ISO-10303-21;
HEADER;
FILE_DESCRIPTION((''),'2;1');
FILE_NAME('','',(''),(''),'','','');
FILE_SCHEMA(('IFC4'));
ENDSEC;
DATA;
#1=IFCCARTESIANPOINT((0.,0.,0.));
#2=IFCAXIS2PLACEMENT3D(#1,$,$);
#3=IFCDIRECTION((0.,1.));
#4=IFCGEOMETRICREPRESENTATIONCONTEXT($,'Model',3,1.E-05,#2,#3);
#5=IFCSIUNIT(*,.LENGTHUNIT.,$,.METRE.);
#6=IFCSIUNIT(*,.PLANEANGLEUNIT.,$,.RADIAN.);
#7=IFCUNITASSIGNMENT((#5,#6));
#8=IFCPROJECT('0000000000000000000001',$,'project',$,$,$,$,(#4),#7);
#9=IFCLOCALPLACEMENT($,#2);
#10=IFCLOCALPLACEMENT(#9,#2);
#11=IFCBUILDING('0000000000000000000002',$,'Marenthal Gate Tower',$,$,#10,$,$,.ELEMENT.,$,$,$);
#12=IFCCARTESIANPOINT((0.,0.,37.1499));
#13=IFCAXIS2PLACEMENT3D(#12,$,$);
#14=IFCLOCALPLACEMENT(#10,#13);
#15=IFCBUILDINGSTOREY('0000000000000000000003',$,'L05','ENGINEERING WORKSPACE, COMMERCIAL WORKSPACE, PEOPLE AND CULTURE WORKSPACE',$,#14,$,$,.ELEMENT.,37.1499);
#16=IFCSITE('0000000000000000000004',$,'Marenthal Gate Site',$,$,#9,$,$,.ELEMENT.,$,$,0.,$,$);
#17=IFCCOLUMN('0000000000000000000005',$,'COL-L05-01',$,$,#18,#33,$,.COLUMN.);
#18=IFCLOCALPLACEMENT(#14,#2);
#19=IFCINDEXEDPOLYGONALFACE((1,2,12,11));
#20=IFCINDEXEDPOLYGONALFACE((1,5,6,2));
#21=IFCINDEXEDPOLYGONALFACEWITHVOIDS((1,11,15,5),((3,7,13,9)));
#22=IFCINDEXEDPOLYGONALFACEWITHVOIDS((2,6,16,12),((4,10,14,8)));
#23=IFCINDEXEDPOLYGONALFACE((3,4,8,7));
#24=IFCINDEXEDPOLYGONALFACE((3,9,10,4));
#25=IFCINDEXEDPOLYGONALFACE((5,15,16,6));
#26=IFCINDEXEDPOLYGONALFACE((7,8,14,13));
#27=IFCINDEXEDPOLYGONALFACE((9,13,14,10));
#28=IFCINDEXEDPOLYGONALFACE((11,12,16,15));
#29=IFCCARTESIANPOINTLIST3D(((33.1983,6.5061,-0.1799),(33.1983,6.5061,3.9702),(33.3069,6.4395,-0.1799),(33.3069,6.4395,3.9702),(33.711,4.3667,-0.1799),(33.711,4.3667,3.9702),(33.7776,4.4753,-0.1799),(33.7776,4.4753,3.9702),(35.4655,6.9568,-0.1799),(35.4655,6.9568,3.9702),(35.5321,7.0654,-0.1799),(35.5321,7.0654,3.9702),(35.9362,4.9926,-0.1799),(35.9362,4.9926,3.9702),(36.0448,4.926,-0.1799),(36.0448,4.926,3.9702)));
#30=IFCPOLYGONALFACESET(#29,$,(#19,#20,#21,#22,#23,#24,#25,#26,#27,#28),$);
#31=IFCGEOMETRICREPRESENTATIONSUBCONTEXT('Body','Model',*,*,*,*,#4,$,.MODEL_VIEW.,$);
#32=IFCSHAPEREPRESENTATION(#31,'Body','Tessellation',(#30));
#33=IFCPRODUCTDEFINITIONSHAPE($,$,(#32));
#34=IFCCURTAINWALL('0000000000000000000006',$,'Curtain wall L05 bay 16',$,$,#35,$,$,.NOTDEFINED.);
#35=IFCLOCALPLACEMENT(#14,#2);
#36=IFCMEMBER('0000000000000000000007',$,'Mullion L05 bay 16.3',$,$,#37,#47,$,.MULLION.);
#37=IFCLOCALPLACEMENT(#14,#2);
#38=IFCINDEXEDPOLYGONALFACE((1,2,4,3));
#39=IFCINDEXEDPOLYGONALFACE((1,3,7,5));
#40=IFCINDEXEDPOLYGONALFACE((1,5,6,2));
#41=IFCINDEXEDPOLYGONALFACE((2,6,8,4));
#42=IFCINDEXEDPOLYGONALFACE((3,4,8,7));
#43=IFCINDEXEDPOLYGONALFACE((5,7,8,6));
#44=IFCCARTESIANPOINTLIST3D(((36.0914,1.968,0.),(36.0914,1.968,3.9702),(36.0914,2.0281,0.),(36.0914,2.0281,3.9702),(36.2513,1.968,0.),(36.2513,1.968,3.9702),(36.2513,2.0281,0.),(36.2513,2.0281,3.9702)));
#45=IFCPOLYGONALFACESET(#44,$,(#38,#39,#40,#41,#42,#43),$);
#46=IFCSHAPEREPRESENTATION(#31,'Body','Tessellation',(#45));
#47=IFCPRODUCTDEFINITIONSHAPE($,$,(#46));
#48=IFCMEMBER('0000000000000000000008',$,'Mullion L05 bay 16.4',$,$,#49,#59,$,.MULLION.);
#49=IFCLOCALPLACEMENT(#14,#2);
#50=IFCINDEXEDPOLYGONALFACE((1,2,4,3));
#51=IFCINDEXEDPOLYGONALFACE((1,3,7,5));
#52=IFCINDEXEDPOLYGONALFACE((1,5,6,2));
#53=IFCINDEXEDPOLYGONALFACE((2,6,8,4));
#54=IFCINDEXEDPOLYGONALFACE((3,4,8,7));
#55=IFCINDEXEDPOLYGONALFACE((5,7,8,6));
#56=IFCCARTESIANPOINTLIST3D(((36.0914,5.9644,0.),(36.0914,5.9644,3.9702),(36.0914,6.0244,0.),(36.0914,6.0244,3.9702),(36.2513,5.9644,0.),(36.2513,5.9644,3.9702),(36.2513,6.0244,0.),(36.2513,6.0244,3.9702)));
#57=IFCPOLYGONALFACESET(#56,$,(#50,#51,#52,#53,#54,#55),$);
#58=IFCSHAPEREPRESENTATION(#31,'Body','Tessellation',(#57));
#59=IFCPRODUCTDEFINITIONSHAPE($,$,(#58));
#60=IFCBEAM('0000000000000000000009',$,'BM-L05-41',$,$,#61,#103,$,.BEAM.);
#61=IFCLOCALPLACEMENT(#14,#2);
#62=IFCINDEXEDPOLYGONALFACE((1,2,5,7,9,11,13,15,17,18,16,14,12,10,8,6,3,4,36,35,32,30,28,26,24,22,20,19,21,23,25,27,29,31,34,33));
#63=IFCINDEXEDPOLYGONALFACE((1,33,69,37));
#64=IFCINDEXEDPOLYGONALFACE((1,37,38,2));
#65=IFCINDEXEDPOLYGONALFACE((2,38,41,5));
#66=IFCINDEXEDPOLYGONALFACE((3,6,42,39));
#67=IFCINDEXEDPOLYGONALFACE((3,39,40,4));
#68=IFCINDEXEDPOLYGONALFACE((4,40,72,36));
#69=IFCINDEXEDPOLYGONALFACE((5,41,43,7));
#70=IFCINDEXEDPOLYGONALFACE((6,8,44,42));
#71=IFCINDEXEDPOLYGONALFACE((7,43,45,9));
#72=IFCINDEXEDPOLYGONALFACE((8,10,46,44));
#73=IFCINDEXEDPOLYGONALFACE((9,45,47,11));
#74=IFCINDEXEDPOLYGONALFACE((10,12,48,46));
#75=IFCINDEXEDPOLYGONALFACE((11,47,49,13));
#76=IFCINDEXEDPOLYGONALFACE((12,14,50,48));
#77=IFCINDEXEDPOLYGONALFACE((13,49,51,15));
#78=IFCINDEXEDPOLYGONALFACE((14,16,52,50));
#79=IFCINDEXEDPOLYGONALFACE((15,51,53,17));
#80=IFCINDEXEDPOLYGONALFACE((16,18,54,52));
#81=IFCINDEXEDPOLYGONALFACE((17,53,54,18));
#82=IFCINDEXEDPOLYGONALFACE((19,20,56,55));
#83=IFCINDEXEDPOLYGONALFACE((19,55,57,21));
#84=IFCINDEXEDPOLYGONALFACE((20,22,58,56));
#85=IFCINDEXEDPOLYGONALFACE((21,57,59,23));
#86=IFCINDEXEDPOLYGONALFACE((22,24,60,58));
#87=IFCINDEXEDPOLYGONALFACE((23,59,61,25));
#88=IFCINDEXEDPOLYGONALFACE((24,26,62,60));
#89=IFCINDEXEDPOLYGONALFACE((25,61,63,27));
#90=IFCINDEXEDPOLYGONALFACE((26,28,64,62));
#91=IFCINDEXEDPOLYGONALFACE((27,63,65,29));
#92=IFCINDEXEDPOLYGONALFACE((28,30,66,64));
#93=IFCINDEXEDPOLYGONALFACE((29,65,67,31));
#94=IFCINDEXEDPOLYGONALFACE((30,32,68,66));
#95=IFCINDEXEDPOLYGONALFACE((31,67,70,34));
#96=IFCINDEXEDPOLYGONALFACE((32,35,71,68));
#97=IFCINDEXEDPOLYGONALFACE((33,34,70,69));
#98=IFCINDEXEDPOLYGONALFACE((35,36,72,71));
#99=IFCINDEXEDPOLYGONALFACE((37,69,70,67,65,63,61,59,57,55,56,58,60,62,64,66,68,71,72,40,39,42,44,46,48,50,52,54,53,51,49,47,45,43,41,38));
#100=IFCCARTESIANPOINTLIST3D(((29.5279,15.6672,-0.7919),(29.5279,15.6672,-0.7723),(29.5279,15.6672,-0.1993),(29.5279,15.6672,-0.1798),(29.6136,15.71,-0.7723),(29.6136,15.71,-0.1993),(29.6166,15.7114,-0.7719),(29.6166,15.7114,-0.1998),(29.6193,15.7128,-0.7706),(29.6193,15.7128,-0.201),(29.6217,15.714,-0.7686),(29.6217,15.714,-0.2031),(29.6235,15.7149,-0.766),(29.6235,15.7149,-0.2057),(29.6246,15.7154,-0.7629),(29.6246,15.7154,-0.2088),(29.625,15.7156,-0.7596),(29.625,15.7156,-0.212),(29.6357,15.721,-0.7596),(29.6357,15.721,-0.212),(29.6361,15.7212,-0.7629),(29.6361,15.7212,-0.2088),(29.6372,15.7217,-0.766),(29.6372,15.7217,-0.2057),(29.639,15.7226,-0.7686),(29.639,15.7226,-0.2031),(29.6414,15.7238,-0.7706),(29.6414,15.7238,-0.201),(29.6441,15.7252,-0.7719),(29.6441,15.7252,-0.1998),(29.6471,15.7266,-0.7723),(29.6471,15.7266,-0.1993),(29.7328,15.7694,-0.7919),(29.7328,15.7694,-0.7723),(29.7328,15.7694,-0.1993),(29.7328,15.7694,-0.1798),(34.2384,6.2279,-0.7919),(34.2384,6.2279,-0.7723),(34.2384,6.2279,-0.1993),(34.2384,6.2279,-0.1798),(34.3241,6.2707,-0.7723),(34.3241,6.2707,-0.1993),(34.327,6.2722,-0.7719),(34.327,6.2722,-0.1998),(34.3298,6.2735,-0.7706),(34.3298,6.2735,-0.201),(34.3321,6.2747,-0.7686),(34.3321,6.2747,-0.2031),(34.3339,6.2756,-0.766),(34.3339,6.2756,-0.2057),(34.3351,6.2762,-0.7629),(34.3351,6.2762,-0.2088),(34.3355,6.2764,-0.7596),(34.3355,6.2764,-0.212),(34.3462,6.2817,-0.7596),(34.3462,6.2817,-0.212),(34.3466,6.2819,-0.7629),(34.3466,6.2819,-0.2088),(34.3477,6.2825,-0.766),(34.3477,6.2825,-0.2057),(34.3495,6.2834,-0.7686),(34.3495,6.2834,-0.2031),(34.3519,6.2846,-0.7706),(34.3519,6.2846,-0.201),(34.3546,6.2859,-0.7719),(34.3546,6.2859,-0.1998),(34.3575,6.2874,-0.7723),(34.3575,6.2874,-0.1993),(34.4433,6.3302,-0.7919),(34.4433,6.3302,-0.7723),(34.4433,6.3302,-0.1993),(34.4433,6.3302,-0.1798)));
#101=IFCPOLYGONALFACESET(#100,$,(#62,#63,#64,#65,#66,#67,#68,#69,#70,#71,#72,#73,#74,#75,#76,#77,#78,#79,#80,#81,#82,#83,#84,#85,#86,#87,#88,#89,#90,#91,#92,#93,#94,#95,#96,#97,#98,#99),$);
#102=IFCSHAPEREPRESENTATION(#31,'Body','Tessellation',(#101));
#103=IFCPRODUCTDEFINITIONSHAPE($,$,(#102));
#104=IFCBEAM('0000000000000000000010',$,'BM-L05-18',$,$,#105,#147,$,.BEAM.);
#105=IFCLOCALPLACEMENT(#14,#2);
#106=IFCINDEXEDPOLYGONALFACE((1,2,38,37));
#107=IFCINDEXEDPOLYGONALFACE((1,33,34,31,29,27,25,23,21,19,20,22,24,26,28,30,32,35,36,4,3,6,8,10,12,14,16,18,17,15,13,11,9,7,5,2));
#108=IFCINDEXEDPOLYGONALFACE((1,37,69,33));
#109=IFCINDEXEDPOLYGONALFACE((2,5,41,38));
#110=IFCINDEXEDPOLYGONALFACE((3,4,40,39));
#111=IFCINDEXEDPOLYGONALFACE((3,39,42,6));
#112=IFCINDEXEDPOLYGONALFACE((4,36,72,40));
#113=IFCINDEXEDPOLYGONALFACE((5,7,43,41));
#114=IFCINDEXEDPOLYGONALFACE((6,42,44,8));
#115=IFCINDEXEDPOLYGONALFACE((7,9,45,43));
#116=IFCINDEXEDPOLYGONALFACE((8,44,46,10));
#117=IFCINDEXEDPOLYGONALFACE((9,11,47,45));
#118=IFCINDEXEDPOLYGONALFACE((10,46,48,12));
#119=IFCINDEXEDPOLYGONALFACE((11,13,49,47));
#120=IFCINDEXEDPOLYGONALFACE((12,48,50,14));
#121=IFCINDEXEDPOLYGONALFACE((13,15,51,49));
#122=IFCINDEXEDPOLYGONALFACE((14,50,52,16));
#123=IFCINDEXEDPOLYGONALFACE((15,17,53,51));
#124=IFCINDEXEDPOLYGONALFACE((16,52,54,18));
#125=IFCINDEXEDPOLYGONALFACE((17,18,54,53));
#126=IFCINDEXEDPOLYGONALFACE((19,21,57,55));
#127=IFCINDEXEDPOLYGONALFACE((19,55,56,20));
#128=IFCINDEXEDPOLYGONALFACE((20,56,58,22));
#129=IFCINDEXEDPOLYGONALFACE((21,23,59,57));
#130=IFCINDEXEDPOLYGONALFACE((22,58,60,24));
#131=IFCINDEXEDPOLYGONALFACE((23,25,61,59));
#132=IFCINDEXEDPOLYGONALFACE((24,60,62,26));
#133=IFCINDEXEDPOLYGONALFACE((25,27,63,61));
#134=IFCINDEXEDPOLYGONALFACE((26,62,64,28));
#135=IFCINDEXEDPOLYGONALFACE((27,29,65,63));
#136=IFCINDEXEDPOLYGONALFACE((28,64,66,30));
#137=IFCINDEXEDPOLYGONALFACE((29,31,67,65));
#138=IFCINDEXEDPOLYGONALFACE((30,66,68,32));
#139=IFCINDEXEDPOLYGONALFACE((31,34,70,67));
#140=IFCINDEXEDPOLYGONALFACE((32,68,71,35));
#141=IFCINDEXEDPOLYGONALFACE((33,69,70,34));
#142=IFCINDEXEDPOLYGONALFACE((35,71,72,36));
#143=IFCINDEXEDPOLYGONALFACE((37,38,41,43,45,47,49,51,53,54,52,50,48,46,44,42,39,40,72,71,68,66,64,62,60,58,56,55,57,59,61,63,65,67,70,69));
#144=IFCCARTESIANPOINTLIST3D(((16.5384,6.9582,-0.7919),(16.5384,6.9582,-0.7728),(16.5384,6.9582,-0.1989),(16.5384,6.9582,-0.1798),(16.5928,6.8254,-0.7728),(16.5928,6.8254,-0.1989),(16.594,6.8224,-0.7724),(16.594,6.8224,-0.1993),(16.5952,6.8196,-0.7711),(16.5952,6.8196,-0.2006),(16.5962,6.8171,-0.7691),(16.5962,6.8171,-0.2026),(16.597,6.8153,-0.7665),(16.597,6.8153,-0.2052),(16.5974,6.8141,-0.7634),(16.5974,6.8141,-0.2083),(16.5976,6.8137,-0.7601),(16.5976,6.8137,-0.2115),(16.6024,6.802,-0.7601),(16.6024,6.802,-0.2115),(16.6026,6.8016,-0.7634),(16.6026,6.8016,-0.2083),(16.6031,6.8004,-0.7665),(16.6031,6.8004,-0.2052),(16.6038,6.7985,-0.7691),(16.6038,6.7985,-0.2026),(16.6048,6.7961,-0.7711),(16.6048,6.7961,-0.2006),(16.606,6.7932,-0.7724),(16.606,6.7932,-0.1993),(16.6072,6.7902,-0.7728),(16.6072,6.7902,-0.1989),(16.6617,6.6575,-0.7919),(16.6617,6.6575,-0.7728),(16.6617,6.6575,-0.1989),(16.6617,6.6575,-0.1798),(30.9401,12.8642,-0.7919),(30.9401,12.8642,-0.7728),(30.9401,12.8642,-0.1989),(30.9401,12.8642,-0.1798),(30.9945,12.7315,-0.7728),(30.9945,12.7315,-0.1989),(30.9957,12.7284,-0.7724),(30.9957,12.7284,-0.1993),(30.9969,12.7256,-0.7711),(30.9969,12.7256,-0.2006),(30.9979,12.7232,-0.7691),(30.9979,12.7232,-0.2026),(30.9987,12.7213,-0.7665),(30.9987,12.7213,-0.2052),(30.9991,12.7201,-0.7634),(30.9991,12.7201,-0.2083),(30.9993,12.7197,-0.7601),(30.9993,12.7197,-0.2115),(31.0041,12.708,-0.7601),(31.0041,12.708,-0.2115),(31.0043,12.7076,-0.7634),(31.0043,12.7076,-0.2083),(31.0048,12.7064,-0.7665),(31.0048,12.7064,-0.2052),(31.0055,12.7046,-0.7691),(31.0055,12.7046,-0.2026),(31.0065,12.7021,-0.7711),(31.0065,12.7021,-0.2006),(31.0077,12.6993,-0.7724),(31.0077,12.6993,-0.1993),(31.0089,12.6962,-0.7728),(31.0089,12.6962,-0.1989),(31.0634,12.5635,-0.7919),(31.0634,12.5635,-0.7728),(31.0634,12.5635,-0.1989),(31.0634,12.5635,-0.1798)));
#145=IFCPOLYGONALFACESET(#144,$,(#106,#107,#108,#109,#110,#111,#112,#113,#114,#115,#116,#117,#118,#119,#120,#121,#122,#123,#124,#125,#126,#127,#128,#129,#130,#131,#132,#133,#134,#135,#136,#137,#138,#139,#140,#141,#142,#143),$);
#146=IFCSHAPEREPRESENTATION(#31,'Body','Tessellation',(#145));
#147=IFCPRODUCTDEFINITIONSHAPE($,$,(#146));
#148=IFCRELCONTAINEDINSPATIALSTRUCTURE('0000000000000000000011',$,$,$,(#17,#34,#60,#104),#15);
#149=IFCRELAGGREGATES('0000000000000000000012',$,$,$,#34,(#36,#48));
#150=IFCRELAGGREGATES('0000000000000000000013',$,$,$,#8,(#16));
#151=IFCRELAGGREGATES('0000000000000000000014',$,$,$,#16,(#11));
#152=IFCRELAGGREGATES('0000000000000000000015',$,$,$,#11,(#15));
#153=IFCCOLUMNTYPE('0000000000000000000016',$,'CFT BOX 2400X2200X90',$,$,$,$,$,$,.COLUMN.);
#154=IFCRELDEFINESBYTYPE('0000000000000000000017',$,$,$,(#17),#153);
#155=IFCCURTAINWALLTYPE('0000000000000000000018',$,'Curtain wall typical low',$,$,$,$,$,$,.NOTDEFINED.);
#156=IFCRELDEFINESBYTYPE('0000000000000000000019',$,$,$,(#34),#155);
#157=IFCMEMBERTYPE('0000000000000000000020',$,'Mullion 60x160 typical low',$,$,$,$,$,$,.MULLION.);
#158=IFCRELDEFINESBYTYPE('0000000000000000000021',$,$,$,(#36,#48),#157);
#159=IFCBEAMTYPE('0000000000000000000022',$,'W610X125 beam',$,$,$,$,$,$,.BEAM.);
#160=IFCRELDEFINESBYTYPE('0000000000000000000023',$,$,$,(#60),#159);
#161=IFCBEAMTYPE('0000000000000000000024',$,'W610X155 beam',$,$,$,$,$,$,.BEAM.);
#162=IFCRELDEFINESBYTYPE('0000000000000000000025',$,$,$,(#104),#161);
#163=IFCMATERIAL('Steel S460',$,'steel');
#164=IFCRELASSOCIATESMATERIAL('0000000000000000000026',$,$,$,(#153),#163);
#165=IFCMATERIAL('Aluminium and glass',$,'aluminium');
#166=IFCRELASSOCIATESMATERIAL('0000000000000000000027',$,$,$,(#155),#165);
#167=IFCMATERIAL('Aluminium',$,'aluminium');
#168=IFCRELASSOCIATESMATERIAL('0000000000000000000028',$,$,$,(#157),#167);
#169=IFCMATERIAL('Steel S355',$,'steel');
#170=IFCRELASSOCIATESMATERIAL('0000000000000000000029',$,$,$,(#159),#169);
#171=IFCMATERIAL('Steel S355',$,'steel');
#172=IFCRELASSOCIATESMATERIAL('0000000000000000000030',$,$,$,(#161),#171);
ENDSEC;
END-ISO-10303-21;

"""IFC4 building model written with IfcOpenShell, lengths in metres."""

from ifc_helpers import new_model, si_unit, direction, frame, origin, origin_2d, place, context, subcontext, project, spatial, rectangle, hollow_rectangle, i_section, extrude, material, material_profile, profile_set, type_object, element, aggregate, save


model = new_model("IFC4")

# Units and contexts
model_context = context("Model", 3, precision=1e-05, world=origin(), true_north=direction((0.0, 1.0)))
body_context = subcontext(model_context, "Body", "Model", "MODEL_VIEW")
ifc_project = project(units=[si_unit("LENGTHUNIT", "METRE"), si_unit("PLANEANGLEUNIT", "RADIAN")], contexts=[model_context])

# Site, building, storey
site_placement = place(None, origin())
site = spatial("IfcSite", under=ifc_project, at=site_placement, Name="Marenthal Gate Site", CompositionType="ELEMENT", RefElevation=0.0)
building_placement = place(site_placement, origin())
building = spatial("IfcBuilding", under=site, at=building_placement, Name="Marenthal Gate Tower", CompositionType="ELEMENT")
storey_placement = place(building_placement, frame((0.0, 0.0, 37.1499)))
storey = spatial("IfcBuildingStorey", under=building, at=storey_placement, Name="L05", Description="ENGINEERING WORKSPACE, COMMERCIAL WORKSPACE, PEOPLE AND CULTURE WORKSPACE", CompositionType="ELEMENT", Elevation=37.1499)

# Column
ifc_material_1 = material(Name="Steel S460", Category="steel")
ifc_material_profile_1 = material_profile(ifc_material_1, hollow_rectangle(XDim=2.2, YDim=2.3999, WallThickness=0.0901, at=origin_2d()), Name="CFT BOX 2400X2200X90")
ifc_material_2 = material(Name="Concrete 70 MPa", Category="concrete")
ifc_material_profile_2 = material_profile(ifc_material_2, rectangle(XDim=2.02, YDim=2.22, at=origin_2d()), Name="CFT BOX 2400X2200X90 INFILL")
ifc_profile_set_1 = profile_set([ifc_material_profile_1, ifc_material_profile_2], Name="Steel S460 shell, Concrete 70 MPa infill")
column_type = type_object("IfcColumnType", Name="CFT BOX 2400X2200X90", PredefinedType="COLUMN", material=ifc_profile_set_1)
column_placement = place(storey_placement, frame((34.6216, 5.7161, -0.1799), z_axis=(0.0, 0.0, 1.0), x_axis=(0.233047, -0.972466, 0.0)))
element("IfcColumn", 1, at=column_placement, inside=storey, type_object=column_type, Name="COL-L05-01", PredefinedType="COLUMN", context=body_context, shape_type="SweptSolid", body=[
    extrude(hollow_rectangle(XDim=2.2, YDim=2.3999, WallThickness=0.0901, at=origin_2d()), origin(), (0.0, 0.0, 1.0), 4.1501),
])

# Curtain wall, members
ifc_material_3 = material(Name="Aluminium and glass", Category="aluminium")
curtain_wall_type = type_object("IfcCurtainWallType", Name="Curtain wall typical low", PredefinedType="NOTDEFINED", material=ifc_material_3)
curtain_wall_placement = place(storey_placement, origin())
curtain_wall = element("IfcCurtainWall", 2, at=curtain_wall_placement, inside=storey, type_object=curtain_wall_type, Name="Curtain wall L05 bay 16", PredefinedType="NOTDEFINED")
ifc_material_4 = material(Name="Aluminium", Category="aluminium")
ifc_material_profile_3 = material_profile(ifc_material_4, rectangle(XDim=0.1599, YDim=0.0601, at=origin_2d()), Name="60x160 aluminium mullion")
ifc_profile_set_2 = profile_set([ifc_material_profile_3], Name="Aluminium")
member_type = type_object("IfcMemberType", Name="Mullion 60x160 typical low", PredefinedType="MULLION", material=ifc_profile_set_2)
member_1_placement = place(storey_placement, frame((36.1714, 1.998, 0.0), z_axis=(0.0, 0.0, 1.0), x_axis=(-1.0, 0.0, 0.0)))
member_1 = element("IfcMember", 3, at=member_1_placement, type_object=member_type, Name="Mullion L05 bay 16.3", PredefinedType="MULLION", context=body_context, shape_type="SweptSolid", body=[
    extrude(rectangle(XDim=0.1599, YDim=0.0601, at=origin_2d()), origin(), (0.0, 0.0, 1.0), 3.9702),
])
member_2_placement = place(storey_placement, frame((36.1714, 5.9944, 0.0), z_axis=(0.0, 0.0, 1.0), x_axis=(-1.0, 0.0, 0.0)))
member_2 = element("IfcMember", 4, at=member_2_placement, type_object=member_type, Name="Mullion L05 bay 16.4", PredefinedType="MULLION", context=body_context, shape_type="SweptSolid", body=[
    extrude(rectangle(XDim=0.1599, YDim=0.0601, at=origin_2d()), origin(), (0.0, 0.0, 1.0), 3.9702),
])

# Beams
ifc_material_5 = material(Name="Steel S355", Category="steel")
ifc_material_profile_4 = material_profile(ifc_material_5, i_section(OverallWidth=0.229, OverallDepth=0.6121, WebThickness=0.012, FlangeThickness=0.0195, FilletRadius=0.0127, at=origin_2d()), Name="W610X125")
ifc_profile_set_3 = profile_set([ifc_material_profile_4], Name="Steel S355")
beam_type_1 = type_object("IfcBeamType", Name="W610X125 beam", PredefinedType="BEAM", material=ifc_profile_set_3)
beam_1_placement = place(storey_placement, frame((34.3408, 6.2791, -0.4858), z_axis=(-0.446519, 0.894774, 0.0), x_axis=(-0.894774, -0.446519, 0.0)))
element("IfcBeam", 5, at=beam_1_placement, inside=storey, type_object=beam_type_1, Name="BM-L05-41", PredefinedType="BEAM", context=body_context, shape_type="SweptSolid", body=[
    extrude(i_section(OverallWidth=0.229, OverallDepth=0.6121, WebThickness=0.012, FlangeThickness=0.0195, FilletRadius=0.0127, at=origin_2d()), origin(), (0.0, 0.0, 1.0), 10.5493),
])
ifc_material_6 = material(Name="Steel S355", Category="steel")
ifc_material_profile_5 = material_profile(ifc_material_6, i_section(OverallWidth=0.325, OverallDepth=0.6121, WebThickness=0.0127, FlangeThickness=0.019, FilletRadius=0.0127, at=origin_2d()), Name="W610X155")
ifc_profile_set_4 = profile_set([ifc_material_profile_5], Name="Steel S355")
beam_type_2 = type_object("IfcBeamType", Name="W610X155 beam", PredefinedType="BEAM", material=ifc_profile_set_4)
beam_2_placement = place(storey_placement, frame((31.0017, 12.7139, -0.4858), z_axis=(-0.925222, -0.379427, 0.0), x_axis=(0.379427, -0.925222, 0.0)))
element("IfcBeam", 6, at=beam_2_placement, inside=storey, type_object=beam_type_2, Name="BM-L05-18", PredefinedType="BEAM", context=body_context, shape_type="SweptSolid", body=[
    extrude(i_section(OverallWidth=0.325, OverallDepth=0.6121, WebThickness=0.0127, FlangeThickness=0.019, FilletRadius=0.0127, at=origin_2d()), origin(), (0.0, 0.0, 1.0), 15.5657),
])

aggregate(curtain_wall, [member_1, member_2])

save(model, "model.ifc")
